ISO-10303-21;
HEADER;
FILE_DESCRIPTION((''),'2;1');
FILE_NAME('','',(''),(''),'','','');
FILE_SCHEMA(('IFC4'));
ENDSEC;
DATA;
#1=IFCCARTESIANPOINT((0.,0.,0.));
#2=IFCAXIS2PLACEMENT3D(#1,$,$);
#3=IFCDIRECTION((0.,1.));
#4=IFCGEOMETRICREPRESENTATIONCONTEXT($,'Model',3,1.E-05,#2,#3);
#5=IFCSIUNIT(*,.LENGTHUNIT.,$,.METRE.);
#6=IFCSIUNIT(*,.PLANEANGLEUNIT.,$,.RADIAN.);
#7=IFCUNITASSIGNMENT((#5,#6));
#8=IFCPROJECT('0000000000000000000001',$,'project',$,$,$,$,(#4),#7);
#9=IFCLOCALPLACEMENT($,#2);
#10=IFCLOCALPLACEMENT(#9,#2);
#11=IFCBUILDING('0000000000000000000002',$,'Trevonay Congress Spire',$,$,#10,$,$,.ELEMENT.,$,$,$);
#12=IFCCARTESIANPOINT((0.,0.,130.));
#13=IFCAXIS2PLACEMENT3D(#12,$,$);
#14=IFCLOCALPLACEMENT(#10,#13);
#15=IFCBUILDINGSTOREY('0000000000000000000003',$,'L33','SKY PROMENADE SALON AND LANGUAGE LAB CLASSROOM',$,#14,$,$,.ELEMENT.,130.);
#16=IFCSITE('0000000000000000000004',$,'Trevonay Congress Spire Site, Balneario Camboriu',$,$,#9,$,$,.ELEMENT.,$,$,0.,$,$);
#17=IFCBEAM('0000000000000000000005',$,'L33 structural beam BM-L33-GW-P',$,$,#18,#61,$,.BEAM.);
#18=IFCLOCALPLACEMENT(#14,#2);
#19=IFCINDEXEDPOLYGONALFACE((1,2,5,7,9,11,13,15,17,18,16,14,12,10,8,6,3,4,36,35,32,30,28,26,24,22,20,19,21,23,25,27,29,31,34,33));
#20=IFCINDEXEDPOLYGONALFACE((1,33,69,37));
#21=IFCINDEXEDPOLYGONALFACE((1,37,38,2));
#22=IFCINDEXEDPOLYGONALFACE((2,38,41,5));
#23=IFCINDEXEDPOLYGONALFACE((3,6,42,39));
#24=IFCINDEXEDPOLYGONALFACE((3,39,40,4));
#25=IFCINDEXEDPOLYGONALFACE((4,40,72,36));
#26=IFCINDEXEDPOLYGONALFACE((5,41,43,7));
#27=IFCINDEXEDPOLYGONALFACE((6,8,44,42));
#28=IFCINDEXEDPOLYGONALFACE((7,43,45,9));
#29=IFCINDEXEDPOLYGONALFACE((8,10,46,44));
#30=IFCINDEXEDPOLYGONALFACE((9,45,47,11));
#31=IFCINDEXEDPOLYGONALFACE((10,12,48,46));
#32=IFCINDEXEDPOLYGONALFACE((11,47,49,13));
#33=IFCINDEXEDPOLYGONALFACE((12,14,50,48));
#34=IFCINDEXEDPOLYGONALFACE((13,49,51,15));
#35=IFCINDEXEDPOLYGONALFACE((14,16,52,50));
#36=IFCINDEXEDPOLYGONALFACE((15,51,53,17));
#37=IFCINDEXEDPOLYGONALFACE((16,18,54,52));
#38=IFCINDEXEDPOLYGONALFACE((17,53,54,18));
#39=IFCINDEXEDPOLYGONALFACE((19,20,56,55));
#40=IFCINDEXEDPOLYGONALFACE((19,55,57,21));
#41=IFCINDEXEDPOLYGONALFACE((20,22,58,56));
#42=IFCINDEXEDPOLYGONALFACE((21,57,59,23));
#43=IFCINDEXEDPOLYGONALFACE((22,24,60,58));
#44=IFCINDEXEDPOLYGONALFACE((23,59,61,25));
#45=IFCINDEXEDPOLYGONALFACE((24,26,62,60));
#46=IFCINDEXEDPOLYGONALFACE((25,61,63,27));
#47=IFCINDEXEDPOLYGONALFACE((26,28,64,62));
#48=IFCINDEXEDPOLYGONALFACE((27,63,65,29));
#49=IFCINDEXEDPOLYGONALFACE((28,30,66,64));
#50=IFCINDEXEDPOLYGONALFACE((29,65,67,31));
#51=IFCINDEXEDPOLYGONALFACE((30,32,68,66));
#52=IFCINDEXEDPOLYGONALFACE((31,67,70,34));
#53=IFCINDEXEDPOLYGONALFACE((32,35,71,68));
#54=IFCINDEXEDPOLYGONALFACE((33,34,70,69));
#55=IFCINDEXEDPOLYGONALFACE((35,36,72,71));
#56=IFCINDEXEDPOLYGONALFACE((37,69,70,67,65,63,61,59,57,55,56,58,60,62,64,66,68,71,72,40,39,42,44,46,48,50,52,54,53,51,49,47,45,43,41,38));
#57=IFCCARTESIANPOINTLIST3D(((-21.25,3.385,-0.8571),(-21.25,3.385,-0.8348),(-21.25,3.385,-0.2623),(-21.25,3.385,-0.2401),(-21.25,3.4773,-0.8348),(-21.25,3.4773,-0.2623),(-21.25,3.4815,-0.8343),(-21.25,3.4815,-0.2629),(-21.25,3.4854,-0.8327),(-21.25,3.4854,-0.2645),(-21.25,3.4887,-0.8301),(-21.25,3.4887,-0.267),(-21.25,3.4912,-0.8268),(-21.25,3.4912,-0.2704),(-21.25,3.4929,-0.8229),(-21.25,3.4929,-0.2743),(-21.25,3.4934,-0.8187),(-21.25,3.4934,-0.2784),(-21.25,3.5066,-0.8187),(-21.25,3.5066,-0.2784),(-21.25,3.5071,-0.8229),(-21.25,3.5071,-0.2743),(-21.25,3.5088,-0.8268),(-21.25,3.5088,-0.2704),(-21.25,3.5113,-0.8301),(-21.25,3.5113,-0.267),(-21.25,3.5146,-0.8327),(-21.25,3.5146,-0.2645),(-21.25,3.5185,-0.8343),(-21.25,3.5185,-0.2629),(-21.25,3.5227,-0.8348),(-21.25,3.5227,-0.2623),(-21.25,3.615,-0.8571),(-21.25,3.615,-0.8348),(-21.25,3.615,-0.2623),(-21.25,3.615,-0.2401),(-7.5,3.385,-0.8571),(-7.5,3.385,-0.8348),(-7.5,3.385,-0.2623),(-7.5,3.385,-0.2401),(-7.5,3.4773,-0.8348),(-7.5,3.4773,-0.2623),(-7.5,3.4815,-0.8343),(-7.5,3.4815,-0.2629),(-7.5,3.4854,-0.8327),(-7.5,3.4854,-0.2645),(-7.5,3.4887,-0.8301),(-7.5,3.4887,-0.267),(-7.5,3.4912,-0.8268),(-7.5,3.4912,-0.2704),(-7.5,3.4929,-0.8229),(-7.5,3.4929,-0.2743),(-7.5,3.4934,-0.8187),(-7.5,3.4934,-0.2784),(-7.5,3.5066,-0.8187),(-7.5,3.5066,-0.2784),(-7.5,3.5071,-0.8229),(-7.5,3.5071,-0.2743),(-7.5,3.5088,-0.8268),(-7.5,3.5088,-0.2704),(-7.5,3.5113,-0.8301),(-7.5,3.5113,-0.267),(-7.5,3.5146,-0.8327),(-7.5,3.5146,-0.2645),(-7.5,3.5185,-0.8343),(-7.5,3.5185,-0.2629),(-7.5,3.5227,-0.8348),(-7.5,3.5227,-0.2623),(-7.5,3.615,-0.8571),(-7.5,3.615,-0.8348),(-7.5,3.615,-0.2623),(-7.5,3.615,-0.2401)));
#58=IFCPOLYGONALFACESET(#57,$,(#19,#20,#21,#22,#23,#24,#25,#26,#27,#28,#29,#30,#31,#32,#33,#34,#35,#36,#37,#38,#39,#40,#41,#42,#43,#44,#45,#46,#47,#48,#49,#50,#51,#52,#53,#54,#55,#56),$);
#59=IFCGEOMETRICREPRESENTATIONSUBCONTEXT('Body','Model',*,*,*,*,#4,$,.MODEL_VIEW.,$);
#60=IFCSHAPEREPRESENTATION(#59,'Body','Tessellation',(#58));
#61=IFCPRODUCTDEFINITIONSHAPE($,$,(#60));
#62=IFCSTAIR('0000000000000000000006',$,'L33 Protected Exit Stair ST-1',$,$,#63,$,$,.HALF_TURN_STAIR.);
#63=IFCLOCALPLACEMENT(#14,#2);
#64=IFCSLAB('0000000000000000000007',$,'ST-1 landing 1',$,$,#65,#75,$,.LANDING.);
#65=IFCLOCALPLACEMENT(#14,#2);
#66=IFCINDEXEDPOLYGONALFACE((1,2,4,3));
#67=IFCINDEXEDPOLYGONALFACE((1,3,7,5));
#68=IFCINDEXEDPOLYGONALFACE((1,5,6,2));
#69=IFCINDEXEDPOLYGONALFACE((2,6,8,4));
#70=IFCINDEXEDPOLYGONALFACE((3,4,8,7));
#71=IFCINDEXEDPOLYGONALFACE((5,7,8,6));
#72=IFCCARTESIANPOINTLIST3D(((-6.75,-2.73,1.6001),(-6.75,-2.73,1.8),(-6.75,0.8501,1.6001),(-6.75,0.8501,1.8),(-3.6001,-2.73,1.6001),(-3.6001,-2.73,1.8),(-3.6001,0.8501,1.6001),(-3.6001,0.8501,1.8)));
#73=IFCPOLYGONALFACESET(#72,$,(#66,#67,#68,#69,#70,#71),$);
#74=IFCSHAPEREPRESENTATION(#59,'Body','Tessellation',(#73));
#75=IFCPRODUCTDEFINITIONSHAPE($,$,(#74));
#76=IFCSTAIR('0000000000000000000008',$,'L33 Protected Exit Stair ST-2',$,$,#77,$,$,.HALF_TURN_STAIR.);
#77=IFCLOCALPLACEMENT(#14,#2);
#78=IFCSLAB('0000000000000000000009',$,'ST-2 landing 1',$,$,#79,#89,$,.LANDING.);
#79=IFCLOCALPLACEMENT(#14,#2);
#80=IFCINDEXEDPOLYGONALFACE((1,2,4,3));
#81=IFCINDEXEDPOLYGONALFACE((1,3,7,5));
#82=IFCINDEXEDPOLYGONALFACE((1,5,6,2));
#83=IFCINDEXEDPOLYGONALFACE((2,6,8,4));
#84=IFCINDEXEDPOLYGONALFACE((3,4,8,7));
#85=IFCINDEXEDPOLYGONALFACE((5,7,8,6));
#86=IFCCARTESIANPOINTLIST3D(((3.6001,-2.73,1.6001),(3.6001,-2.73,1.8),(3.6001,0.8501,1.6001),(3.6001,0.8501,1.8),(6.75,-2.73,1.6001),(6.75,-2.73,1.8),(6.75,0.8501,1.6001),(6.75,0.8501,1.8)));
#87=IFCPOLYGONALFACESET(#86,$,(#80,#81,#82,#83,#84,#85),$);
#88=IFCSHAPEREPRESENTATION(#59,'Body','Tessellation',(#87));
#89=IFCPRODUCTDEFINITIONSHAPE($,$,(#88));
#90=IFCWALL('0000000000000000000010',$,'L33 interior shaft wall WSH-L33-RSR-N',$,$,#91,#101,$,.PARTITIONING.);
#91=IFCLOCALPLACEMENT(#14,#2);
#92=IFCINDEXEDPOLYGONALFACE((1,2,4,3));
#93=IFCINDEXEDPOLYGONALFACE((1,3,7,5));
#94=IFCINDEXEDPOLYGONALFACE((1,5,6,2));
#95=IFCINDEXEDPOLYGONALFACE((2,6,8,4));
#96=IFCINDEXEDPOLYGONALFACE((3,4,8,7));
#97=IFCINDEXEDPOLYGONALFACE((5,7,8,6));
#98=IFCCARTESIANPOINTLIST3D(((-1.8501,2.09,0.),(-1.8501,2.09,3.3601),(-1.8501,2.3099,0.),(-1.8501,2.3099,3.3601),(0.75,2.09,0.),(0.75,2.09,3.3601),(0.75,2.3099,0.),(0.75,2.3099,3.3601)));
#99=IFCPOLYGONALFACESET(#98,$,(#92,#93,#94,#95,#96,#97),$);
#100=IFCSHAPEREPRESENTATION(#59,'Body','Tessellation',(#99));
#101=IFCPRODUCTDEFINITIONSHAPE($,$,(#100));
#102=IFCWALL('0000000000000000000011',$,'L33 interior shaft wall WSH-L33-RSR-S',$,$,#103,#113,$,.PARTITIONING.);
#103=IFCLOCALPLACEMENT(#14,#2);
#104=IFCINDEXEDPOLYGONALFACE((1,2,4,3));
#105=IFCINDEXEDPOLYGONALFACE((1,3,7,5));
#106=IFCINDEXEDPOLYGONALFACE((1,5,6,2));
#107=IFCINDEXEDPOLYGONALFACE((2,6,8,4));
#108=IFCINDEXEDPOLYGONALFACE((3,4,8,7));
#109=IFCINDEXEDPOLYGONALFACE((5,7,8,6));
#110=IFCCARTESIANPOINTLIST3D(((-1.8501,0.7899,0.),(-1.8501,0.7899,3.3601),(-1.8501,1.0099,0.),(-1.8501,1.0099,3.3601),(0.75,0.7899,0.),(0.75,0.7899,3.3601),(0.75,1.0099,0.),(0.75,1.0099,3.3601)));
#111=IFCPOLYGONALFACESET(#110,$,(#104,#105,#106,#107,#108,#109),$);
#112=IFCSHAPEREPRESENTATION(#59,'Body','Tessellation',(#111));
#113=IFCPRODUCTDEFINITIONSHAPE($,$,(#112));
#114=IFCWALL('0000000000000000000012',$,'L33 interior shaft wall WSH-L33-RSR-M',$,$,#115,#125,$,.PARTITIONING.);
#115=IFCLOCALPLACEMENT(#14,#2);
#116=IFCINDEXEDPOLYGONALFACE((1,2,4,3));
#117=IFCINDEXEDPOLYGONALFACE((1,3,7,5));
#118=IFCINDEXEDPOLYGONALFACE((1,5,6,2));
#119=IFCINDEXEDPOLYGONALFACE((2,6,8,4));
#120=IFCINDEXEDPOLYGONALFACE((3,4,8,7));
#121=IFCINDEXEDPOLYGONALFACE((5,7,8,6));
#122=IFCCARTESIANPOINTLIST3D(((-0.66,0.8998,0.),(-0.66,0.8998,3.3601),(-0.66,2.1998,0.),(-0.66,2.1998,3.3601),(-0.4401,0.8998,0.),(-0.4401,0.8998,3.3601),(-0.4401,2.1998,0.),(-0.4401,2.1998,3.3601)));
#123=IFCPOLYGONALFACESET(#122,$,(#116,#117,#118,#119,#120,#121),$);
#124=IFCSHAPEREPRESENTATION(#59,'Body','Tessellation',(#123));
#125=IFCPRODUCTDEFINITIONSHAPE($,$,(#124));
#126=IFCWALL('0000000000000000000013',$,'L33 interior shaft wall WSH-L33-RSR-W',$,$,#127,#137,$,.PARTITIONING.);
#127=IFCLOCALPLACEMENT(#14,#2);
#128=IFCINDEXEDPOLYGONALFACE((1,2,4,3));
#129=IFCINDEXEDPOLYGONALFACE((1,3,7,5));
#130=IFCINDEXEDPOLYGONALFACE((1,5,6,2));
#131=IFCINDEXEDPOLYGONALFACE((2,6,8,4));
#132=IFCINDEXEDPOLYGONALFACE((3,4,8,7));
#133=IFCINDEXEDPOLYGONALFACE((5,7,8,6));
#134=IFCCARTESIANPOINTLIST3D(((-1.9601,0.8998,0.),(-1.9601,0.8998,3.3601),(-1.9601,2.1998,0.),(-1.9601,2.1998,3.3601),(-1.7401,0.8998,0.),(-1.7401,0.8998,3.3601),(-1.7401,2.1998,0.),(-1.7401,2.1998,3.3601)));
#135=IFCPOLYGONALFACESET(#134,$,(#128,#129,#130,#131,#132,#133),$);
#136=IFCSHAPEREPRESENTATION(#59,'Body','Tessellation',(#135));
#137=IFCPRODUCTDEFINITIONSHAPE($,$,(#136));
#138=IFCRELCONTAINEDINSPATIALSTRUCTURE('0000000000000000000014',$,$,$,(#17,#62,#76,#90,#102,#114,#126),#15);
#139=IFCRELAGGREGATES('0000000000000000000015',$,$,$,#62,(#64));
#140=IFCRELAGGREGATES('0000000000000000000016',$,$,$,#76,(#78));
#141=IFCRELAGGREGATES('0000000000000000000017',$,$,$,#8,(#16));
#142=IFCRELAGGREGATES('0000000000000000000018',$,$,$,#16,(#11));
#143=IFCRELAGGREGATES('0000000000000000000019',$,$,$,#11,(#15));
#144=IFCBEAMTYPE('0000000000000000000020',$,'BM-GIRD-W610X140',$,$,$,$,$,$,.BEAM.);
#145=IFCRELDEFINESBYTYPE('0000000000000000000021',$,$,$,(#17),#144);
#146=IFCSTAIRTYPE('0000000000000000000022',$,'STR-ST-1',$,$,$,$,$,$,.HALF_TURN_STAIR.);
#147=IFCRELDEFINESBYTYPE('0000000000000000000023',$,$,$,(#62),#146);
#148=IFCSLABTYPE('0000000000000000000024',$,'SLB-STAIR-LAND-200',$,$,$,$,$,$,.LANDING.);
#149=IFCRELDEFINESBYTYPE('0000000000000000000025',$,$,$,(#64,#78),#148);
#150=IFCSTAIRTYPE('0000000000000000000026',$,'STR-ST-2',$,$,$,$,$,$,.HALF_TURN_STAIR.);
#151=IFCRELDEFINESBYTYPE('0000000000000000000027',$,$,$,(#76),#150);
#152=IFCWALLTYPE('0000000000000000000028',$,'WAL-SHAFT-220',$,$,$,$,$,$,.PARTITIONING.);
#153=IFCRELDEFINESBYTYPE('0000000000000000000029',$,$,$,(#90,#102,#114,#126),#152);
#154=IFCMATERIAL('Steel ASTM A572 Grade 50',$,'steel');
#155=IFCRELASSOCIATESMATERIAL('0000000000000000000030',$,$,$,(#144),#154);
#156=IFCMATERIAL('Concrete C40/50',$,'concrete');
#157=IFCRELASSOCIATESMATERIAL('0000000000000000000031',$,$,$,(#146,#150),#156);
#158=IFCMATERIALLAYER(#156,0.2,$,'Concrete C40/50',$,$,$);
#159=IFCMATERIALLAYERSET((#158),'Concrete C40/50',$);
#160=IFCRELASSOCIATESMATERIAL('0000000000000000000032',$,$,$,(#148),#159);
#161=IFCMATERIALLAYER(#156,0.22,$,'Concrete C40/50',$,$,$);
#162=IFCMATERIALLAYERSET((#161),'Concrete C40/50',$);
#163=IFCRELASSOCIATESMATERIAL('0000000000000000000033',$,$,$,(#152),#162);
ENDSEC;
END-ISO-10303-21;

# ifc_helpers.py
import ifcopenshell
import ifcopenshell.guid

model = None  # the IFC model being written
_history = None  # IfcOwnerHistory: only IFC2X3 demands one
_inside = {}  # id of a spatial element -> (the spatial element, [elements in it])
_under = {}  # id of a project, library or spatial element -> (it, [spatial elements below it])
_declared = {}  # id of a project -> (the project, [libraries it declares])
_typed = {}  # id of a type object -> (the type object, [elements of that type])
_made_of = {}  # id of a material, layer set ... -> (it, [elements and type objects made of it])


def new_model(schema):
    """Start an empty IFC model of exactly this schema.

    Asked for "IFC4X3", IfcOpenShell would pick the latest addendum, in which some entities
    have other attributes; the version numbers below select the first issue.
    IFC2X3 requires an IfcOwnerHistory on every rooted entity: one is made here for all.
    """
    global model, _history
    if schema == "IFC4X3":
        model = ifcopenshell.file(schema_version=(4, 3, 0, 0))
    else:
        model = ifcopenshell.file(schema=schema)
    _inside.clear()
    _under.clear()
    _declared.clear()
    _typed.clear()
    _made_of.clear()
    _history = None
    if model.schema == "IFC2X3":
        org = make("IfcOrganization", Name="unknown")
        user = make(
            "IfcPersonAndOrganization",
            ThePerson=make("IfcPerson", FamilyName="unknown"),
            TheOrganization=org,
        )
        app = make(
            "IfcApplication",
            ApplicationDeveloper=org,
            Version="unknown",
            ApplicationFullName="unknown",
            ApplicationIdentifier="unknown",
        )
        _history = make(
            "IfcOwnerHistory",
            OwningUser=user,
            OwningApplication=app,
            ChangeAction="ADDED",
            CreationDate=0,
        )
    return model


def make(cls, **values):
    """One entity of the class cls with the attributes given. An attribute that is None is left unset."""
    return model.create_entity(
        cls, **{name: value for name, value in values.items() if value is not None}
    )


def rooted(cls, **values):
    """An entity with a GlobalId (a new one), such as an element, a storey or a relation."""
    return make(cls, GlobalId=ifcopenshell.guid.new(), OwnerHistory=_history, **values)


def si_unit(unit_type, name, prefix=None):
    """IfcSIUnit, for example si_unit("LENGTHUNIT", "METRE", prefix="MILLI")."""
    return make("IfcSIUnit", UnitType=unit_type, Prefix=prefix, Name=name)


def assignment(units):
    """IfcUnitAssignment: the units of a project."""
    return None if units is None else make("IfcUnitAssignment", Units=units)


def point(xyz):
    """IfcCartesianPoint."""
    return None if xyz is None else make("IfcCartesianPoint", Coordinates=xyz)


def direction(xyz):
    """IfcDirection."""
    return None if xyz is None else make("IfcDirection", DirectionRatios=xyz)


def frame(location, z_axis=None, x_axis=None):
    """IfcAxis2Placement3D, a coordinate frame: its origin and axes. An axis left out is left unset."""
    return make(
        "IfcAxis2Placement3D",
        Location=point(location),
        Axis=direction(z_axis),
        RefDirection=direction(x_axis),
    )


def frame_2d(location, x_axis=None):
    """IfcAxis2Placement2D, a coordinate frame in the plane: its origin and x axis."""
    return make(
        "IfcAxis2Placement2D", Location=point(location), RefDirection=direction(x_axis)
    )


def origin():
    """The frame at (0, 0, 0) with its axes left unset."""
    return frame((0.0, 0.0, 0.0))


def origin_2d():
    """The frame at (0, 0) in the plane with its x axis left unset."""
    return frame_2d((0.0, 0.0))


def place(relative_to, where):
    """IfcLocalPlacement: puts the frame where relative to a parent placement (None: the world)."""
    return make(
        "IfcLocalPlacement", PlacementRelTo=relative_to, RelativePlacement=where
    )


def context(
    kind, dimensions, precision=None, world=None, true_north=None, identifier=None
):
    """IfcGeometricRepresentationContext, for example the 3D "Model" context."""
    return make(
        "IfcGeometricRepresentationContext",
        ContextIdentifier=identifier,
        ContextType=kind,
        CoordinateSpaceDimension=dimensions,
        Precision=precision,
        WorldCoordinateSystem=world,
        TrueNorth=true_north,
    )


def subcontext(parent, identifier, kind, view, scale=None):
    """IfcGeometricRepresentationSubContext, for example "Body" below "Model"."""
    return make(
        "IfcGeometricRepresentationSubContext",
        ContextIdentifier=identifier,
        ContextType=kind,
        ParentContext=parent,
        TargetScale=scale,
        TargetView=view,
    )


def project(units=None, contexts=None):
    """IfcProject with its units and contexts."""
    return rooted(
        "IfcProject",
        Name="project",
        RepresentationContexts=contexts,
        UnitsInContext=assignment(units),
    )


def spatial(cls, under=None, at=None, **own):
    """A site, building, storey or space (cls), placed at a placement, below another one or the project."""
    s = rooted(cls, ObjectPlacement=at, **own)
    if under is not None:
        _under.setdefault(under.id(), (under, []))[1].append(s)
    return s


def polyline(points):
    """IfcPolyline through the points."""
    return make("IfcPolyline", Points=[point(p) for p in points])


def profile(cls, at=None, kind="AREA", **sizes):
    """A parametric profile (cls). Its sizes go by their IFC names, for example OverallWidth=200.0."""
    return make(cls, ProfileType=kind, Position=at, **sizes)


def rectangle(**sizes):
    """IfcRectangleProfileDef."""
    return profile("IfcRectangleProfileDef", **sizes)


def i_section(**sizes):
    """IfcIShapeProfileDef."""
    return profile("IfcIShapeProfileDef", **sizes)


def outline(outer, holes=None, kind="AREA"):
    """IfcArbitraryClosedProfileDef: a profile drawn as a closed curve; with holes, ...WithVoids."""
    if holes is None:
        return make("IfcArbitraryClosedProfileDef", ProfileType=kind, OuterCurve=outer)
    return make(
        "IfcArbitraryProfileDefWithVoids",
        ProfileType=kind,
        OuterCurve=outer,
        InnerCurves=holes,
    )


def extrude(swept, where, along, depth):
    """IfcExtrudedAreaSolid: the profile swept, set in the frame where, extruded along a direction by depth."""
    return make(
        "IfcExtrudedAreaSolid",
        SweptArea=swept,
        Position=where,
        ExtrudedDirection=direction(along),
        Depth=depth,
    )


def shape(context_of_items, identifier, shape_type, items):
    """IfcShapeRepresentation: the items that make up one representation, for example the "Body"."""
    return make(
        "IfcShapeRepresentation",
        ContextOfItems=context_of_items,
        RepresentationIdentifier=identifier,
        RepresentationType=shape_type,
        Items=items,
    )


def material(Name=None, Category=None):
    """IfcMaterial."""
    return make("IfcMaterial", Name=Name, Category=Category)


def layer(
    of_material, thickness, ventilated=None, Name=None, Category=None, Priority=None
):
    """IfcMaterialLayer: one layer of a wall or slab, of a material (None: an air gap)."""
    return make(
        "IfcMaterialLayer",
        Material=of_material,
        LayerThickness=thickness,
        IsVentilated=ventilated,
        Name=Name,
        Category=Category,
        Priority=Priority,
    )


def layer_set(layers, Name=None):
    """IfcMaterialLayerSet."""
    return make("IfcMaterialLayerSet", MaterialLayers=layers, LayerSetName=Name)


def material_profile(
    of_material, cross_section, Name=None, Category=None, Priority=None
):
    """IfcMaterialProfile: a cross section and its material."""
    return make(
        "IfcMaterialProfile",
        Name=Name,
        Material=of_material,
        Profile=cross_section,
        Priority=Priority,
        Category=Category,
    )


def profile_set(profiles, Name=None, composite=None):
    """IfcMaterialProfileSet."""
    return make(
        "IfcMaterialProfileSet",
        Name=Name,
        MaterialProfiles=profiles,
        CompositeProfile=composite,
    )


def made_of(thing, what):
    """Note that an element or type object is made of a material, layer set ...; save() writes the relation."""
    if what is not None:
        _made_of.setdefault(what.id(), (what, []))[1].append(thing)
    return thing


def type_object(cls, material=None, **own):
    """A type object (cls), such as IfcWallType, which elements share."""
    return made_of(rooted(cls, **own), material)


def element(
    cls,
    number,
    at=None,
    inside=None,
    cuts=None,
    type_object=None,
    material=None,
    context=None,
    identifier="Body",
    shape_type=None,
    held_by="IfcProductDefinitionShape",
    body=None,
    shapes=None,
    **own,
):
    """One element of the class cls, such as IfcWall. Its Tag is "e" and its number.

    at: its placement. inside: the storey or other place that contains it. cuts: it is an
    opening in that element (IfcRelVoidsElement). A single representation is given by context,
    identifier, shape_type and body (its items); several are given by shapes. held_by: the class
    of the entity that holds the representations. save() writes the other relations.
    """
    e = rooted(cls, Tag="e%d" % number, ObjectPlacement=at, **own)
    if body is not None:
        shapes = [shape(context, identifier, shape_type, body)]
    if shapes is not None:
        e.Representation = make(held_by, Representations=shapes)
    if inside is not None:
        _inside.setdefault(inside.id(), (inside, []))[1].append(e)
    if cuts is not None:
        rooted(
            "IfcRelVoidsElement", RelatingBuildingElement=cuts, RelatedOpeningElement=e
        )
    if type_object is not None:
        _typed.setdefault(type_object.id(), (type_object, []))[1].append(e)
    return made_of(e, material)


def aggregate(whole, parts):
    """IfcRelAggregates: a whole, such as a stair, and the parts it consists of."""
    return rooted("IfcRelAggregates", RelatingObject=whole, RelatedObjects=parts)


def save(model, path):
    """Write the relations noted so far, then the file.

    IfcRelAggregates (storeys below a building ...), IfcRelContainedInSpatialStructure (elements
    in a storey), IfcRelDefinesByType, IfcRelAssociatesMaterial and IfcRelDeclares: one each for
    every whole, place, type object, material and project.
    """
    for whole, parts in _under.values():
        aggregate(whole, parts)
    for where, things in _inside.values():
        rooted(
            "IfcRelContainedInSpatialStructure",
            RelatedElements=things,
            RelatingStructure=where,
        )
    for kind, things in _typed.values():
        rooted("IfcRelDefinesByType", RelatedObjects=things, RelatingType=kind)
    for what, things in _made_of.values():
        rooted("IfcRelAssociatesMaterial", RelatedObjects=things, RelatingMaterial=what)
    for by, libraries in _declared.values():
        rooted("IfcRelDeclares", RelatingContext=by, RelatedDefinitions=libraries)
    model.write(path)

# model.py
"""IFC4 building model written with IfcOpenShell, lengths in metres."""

from ifc_helpers import new_model, si_unit, direction, frame, frame_2d, origin, origin_2d, place, context, subcontext, project, spatial, polyline, rectangle, i_section, outline, extrude, material, layer, layer_set, material_profile, profile_set, type_object, element, aggregate, save


model = new_model("IFC4")

# Units and contexts
model_context = context("Model", 3, precision=1e-05, world=origin(), true_north=direction((0.0, 1.0)))
body_context = subcontext(model_context, "Body", "Model", "MODEL_VIEW")
ifc_project = project(units=[si_unit("LENGTHUNIT", "METRE"), si_unit("PLANEANGLEUNIT", "RADIAN")], contexts=[model_context])

# Site, building, storey
site_placement = place(None, origin())
site = spatial("IfcSite", under=ifc_project, at=site_placement, Name="Trevonay Congress Spire Site, Balneario Camboriu", CompositionType="ELEMENT", RefElevation=0.0)
building_placement = place(site_placement, origin())
building = spatial("IfcBuilding", under=site, at=building_placement, Name="Trevonay Congress Spire", CompositionType="ELEMENT")
storey_placement = place(building_placement, frame((0.0, 0.0, 130.0)))
storey = spatial("IfcBuildingStorey", under=building, at=storey_placement, Name="L33", Description="SKY PROMENADE SALON AND LANGUAGE LAB CLASSROOM", CompositionType="ELEMENT", Elevation=130.0)

# Beam
ifc_material_1 = material(Name="Steel ASTM A572 Grade 50", Category="steel")
ifc_material_profile = material_profile(ifc_material_1, i_section(OverallWidth=0.23, OverallDepth=0.6169, WebThickness=0.0132, FlangeThickness=0.0222, FilletRadius=0.0161, at=origin_2d()), Name="W610x140")
ifc_profile_set = profile_set([ifc_material_profile], Name="Steel ASTM A572 Grade 50")
beam_type = type_object("IfcBeamType", Name="BM-GIRD-W610X140", PredefinedType="BEAM", material=ifc_profile_set)
beam_placement = place(storey_placement, frame((-7.5, 3.5, -0.5486), z_axis=(-1.0, 0.0, 0.0), x_axis=(0.0, -1.0, 0.0)))
element("IfcBeam", 1, at=beam_placement, inside=storey, type_object=beam_type, Name="L33 structural beam BM-L33-GW-P", PredefinedType="BEAM", context=body_context, shape_type="SweptSolid", body=[
    extrude(i_section(OverallWidth=0.23, OverallDepth=0.6169, WebThickness=0.0132, FlangeThickness=0.0222, FilletRadius=0.0161, at=origin_2d()), origin(), (0.0, 0.0, 1.0), 13.75),
])

# Stairs, slabs
ifc_material_2 = material(Name="Concrete C40/50", Category="concrete")
stair_type_1 = type_object("IfcStairType", Name="STR-ST-1", PredefinedType="HALF_TURN_STAIR", material=ifc_material_2)
stair_1_placement = place(storey_placement, origin())
stair_1 = element("IfcStair", 2, at=stair_1_placement, inside=storey, type_object=stair_type_1, Name="L33 Protected Exit Stair ST-1", PredefinedType="HALF_TURN_STAIR")
ifc_layer_1 = layer(ifc_material_2, 0.2, Name="Concrete C40/50")
ifc_layer_set_1 = layer_set([ifc_layer_1], Name="Concrete C40/50")
slab_type = type_object("IfcSlabType", Name="SLB-STAIR-LAND-200", PredefinedType="LANDING", material=ifc_layer_set_1)
slab_1_placement = place(storey_placement, frame((0.0, 0.0, 1.6001)))
slab_1 = element("IfcSlab", 3, at=slab_1_placement, type_object=slab_type, Name="ST-1 landing 1", PredefinedType="LANDING", context=body_context, shape_type="SweptSolid", body=[
    extrude(outline(polyline([(-3.6001, -2.73), (-3.6001, 0.8501), (-6.75, 0.8501), (-6.75, -2.73), (-3.6001, -2.73)])), origin(), (0.0, 0.0, 1.0), 0.2),
])
aggregate(stair_1, [slab_1])
stair_type_2 = type_object("IfcStairType", Name="STR-ST-2", PredefinedType="HALF_TURN_STAIR", material=ifc_material_2)
stair_2_placement = place(storey_placement, origin())
stair_2 = element("IfcStair", 4, at=stair_2_placement, inside=storey, type_object=stair_type_2, Name="L33 Protected Exit Stair ST-2", PredefinedType="HALF_TURN_STAIR")
slab_2_placement = place(storey_placement, frame((0.0, 0.0, 1.6001)))
slab_2 = element("IfcSlab", 5, at=slab_2_placement, type_object=slab_type, Name="ST-2 landing 1", PredefinedType="LANDING", context=body_context, shape_type="SweptSolid", body=[
    extrude(outline(polyline([(6.75, -2.73), (6.75, 0.8501), (3.6001, 0.8501), (3.6001, -2.73), (6.75, -2.73)])), origin(), (0.0, 0.0, 1.0), 0.2),
])
aggregate(stair_2, [slab_2])

# Walls
ifc_layer_2 = layer(ifc_material_2, 0.22, Name="Concrete C40/50")
ifc_layer_set_2 = layer_set([ifc_layer_2], Name="Concrete C40/50")
wall_type_1 = type_object("IfcWallType", Name="WAL-SHAFT-220", PredefinedType="PARTITIONING", material=ifc_layer_set_2)
for number, where, z_axis, x_axis, name in (
    (6, (-1.8501, 2.2, 0.0), (0.0, 0.0, 1.0), (1.0, 0.0, 0.0), "L33 interior shaft wall WSH-L33-RSR-N"),
    (7, (-1.8501, 0.8999, 0.0), (0.0, 0.0, 1.0), (1.0, 0.0, 0.0), "L33 interior shaft wall WSH-L33-RSR-S"),
):
    element("IfcWall", number, at=place(storey_placement, frame(where, z_axis=z_axis, x_axis=x_axis)), inside=storey, type_object=wall_type_1, Name=name, PredefinedType="PARTITIONING", context=body_context, shape_type="SweptSolid", body=[
        extrude(rectangle(XDim=2.6001, YDim=0.22, at=frame_2d((1.3, 0.0))), origin(), (0.0, 0.0, 1.0), 3.3601),
    ])
for number, where, z_axis, x_axis, name in (
    (8, (-0.55, 0.8999, 0.0), (0.0, 0.0, 1.0), (0.0, 1.0, 0.0), "L33 interior shaft wall WSH-L33-RSR-M"),
    (9, (-1.8501, 0.8999, 0.0), (0.0, 0.0, 1.0), (0.0, 1.0, 0.0), "L33 interior shaft wall WSH-L33-RSR-W"),
):
    element("IfcWall", number, at=place(storey_placement, frame(where, z_axis=z_axis, x_axis=x_axis)), inside=storey, type_object=wall_type_1, Name=name, PredefinedType="PARTITIONING", context=body_context, shape_type="SweptSolid", body=[
        extrude(rectangle(XDim=1.3, YDim=0.22, at=frame_2d((0.6499, 0.0))), origin(), (0.0, 0.0, 1.0), 3.3601),
    ])

save(model, "model.ifc")
